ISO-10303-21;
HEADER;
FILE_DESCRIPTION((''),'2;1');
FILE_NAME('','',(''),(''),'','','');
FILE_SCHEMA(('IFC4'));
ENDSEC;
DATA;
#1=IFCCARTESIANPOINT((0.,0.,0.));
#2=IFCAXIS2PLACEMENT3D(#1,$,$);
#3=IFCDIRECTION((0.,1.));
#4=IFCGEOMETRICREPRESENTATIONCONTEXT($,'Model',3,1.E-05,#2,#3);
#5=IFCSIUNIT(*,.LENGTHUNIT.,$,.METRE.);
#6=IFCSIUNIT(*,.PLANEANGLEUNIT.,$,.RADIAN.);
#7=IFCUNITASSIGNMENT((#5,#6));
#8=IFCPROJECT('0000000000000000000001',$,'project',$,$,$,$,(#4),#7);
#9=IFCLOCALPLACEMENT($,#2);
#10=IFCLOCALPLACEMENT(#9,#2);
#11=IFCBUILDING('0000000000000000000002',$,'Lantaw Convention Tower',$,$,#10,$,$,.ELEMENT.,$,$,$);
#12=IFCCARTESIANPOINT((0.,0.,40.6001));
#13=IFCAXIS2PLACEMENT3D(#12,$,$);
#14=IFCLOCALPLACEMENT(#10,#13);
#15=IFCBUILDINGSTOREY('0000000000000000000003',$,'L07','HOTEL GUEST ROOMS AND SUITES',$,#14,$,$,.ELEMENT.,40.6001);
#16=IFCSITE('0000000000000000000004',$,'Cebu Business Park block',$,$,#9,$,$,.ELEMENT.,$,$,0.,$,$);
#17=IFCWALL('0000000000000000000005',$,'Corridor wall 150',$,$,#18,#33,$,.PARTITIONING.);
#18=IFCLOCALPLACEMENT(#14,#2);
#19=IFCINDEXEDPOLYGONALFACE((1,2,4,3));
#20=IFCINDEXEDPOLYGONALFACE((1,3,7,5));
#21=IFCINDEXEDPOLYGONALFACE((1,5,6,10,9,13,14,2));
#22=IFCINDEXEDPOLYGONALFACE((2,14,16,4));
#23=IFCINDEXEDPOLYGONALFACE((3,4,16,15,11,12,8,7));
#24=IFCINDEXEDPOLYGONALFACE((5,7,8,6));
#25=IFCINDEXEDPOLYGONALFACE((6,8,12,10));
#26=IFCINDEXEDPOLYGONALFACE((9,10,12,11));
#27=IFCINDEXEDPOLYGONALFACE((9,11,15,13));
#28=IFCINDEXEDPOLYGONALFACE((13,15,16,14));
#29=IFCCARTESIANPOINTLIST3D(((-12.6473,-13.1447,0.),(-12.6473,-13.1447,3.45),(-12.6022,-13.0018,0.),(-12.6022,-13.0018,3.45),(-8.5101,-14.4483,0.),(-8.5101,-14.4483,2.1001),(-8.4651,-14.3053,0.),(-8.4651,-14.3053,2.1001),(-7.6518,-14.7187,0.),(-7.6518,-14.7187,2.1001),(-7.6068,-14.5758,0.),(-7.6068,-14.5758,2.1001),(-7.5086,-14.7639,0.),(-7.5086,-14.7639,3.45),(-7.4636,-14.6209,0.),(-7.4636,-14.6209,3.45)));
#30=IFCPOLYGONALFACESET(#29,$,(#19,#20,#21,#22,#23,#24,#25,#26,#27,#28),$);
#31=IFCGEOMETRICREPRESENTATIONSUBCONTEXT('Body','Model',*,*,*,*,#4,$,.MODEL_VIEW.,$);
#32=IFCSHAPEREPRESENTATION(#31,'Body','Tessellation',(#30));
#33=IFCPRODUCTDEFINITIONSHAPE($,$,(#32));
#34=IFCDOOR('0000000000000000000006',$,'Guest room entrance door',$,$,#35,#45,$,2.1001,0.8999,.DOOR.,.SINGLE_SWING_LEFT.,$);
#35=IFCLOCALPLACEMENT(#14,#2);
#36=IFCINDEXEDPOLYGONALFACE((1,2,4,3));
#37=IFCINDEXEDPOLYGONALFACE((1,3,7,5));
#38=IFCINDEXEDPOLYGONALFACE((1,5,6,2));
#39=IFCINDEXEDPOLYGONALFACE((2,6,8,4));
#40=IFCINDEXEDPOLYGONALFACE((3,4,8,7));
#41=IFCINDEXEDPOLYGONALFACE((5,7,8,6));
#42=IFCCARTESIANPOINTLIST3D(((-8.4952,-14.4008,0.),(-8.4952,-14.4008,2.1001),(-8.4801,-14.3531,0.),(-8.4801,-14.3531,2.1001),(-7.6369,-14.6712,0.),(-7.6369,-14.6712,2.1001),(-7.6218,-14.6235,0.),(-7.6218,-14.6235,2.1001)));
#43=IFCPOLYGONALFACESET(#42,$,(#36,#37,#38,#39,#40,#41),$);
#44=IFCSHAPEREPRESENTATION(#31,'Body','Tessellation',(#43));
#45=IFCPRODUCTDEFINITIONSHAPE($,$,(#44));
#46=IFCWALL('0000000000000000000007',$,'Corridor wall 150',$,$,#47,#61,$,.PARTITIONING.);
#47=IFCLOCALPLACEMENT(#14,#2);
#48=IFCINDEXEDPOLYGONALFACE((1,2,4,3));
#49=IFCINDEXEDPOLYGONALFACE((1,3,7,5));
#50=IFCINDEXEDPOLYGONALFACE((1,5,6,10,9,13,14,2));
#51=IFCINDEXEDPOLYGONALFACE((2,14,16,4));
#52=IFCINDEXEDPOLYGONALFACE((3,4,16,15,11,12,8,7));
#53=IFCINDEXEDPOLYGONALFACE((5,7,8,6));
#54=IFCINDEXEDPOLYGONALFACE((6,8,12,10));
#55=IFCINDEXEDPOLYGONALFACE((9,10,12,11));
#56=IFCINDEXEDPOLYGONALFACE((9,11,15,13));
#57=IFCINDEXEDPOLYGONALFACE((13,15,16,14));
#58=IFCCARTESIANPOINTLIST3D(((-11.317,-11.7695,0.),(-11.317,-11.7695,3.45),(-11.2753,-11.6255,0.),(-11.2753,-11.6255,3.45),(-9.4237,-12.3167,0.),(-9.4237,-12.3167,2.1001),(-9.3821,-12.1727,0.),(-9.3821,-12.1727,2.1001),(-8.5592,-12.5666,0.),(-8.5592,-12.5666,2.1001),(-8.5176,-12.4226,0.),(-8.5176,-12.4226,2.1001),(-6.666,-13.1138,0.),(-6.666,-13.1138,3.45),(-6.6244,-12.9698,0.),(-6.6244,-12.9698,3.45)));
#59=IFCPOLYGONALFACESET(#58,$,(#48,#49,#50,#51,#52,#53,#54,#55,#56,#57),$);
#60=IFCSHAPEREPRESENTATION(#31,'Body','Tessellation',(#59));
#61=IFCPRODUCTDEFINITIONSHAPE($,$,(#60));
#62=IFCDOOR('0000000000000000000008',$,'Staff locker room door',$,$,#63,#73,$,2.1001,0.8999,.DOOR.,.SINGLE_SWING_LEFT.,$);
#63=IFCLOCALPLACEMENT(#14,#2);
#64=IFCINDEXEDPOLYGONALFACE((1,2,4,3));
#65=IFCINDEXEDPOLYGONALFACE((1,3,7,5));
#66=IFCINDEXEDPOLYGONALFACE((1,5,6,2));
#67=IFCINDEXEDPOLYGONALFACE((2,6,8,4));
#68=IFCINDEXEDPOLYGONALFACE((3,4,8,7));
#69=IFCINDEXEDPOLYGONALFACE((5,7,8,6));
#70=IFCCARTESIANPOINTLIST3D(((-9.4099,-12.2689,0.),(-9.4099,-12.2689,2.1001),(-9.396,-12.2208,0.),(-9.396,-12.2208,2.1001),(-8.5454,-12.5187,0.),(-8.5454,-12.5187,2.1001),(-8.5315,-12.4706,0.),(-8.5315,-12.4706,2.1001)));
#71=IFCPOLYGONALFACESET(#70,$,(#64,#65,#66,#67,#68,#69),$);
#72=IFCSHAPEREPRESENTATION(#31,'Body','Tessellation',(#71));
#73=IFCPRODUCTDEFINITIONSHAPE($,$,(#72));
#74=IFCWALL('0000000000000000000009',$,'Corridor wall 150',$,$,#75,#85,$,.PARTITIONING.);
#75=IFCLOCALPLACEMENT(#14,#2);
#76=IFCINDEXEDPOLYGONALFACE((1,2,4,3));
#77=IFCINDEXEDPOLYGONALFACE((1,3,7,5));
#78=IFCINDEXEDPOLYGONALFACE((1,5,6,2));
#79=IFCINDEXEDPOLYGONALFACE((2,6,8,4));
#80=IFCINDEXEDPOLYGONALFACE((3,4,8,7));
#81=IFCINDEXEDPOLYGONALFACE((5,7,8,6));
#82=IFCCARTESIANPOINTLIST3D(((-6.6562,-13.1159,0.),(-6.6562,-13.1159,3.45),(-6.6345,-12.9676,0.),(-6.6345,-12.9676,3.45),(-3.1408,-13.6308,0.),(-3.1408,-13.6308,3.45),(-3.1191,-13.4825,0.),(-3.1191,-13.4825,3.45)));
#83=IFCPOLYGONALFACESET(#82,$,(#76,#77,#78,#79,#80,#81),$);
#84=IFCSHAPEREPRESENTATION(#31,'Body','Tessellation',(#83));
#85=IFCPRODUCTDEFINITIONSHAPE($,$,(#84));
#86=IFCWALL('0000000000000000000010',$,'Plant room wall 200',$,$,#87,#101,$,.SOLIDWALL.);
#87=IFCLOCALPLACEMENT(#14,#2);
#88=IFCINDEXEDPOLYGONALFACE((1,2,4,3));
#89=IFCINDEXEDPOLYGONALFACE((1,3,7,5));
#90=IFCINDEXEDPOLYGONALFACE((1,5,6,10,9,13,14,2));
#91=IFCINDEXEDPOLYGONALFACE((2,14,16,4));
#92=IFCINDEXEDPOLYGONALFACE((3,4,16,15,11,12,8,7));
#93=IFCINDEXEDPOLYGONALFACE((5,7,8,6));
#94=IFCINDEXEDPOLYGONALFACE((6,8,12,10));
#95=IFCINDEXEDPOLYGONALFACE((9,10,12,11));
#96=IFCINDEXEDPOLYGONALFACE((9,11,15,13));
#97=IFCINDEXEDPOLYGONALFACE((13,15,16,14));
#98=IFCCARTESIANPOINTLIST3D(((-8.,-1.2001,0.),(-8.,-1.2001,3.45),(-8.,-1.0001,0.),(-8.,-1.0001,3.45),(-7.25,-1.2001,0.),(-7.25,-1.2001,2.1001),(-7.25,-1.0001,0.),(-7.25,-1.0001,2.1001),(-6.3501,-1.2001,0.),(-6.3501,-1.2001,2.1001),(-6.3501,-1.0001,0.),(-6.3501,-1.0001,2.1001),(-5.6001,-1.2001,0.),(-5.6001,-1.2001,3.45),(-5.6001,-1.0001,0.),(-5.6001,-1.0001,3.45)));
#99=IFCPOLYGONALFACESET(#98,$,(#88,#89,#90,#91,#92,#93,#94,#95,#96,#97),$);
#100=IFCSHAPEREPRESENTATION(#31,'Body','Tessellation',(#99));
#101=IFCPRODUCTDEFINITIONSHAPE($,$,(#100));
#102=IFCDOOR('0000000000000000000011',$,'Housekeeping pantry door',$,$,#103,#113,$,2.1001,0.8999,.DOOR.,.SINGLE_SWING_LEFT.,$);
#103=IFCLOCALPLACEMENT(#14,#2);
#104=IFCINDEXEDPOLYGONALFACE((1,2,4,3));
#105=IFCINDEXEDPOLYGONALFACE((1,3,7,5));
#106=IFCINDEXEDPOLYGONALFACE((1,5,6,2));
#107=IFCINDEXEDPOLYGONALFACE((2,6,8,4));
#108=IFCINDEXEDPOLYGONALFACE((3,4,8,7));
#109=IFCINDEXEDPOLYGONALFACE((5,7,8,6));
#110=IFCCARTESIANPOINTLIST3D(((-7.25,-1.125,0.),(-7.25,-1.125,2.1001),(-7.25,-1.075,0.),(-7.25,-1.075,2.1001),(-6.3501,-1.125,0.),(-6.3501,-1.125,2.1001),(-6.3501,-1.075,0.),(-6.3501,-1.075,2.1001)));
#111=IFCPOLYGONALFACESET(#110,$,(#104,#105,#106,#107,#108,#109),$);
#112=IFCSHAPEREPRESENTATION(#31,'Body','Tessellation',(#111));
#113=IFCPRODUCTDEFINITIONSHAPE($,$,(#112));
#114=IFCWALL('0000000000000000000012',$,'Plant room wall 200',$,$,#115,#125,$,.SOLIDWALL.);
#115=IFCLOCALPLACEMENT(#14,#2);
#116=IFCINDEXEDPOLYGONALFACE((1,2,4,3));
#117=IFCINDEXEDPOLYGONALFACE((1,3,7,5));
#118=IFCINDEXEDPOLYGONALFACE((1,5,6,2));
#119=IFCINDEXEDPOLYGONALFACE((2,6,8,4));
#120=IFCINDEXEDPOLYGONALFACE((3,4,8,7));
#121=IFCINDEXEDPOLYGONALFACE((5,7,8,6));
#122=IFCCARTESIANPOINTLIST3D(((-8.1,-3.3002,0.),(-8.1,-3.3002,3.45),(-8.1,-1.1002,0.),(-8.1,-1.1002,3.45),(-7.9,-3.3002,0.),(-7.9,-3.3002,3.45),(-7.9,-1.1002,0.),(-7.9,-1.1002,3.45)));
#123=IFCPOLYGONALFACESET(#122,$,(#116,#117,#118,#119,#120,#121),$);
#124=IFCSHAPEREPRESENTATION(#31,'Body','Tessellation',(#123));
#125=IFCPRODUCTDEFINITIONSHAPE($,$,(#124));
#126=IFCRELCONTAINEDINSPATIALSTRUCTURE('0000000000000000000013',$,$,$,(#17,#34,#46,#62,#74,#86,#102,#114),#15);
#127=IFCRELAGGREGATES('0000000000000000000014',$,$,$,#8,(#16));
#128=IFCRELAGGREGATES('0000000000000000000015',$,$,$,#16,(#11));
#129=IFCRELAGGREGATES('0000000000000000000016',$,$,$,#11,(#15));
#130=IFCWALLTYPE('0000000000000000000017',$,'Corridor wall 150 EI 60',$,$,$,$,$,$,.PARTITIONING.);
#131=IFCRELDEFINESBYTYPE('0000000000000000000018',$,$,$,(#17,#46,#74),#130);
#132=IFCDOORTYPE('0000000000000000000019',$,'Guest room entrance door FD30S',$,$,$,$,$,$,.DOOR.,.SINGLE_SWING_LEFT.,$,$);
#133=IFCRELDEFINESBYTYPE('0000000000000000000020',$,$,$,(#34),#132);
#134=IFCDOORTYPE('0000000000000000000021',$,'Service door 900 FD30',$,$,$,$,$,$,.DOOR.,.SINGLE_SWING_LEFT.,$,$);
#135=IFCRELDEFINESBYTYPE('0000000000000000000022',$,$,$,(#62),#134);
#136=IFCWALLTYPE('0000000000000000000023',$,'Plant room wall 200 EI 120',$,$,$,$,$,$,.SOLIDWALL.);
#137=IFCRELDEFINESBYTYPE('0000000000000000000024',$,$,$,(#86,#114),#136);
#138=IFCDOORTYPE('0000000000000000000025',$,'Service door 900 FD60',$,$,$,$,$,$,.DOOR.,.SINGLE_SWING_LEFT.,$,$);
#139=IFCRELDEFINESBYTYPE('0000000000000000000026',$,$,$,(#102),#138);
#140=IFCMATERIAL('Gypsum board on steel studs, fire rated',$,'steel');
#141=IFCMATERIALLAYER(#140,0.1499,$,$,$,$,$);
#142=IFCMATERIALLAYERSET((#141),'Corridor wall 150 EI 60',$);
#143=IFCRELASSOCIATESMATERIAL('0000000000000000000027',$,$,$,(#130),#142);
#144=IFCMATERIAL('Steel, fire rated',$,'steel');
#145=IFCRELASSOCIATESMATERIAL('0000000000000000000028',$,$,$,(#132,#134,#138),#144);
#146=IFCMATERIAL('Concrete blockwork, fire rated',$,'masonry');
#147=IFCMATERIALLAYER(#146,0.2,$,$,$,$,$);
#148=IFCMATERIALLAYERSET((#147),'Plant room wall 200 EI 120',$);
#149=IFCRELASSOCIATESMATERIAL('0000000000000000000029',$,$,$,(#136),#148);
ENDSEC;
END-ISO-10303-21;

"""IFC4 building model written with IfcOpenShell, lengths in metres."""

from ifc_helpers import new_model, si_unit, direction, frame, frame_2d, origin, place, context, subcontext, project, spatial, rectangle, extrude, material, layer, layer_set, type_object, element, fill, save


model = new_model("IFC4")

# Units and contexts
model_context = context("Model", 3, precision=1e-05, world=origin(), true_north=direction((0.0, 1.0)))
body_context = subcontext(model_context, "Body", "Model", "MODEL_VIEW")
ifc_project = project(units=[si_unit("LENGTHUNIT", "METRE"), si_unit("PLANEANGLEUNIT", "RADIAN")], contexts=[model_context])

# Site, building, storey
site_placement = place(None, origin())
site = spatial("IfcSite", under=ifc_project, at=site_placement, Name="Cebu Business Park block", CompositionType="ELEMENT", RefElevation=0.0)
building_placement = place(site_placement, origin())
building = spatial("IfcBuilding", under=site, at=building_placement, Name="Lantaw Convention Tower", CompositionType="ELEMENT")
storey_placement = place(building_placement, frame((0.0, 0.0, 40.6001)))
storey = spatial("IfcBuildingStorey", under=building, at=storey_placement, Name="L07", Description="HOTEL GUEST ROOMS AND SUITES", CompositionType="ELEMENT", Elevation=40.6001)

# Shared definitions
ifc_material_1 = material(Name="Steel, fire rated", Category="steel")

# Walls, openings, doors
ifc_material_2 = material(Name="Gypsum board on steel studs, fire rated", Category="steel")
ifc_layer_1 = layer(ifc_material_2, 0.1499)
ifc_layer_set_1 = layer_set([ifc_layer_1], Name="Corridor wall 150 EI 60")
wall_type_1 = type_object("IfcWallType", Name="Corridor wall 150 EI 60", PredefinedType="PARTITIONING", material=ifc_layer_set_1)
wall_1_placement = place(storey_placement, frame((-12.6248, -13.0732, 0.0), z_axis=(0.0, 0.0, 1.0), x_axis=(0.953774, -0.300524, 0.0)))
wall_1 = element("IfcWall", 1, at=wall_1_placement, inside=storey, type_object=wall_type_1, Name="Corridor wall 150", PredefinedType="PARTITIONING", context=body_context, shape_type="SweptSolid", body=[
    extrude(rectangle(XDim=5.3877, YDim=0.1499, at=frame_2d((2.6938, 0.0))), origin(), (0.0, 0.0, 1.0), 3.45),
])
opening_1_placement = place(wall_1_placement, frame((4.3376, 0.0, 0.0)))
opening_1 = element("IfcOpeningElement", 2, at=opening_1_placement, cuts=wall_1, PredefinedType="OPENING", context=body_context, shape_type="SweptSolid", body=[
    extrude(rectangle(XDim=0.8999, YDim=2.1001, at=frame_2d((0.45, 1.05))), frame((0.0, 0.085, 0.0), z_axis=(0.0, -1.0, 0.0), x_axis=(1.0, 0.0, 0.0)), (0.0, 0.0, 1.0), 0.1699),
])
door_type_1 = type_object("IfcDoorType", Name="Guest room entrance door FD30S", OperationType="SINGLE_SWING_LEFT", PredefinedType="DOOR", material=ifc_material_1)
door_1_placement = place(opening_1_placement, origin())
door_1 = element("IfcDoor", 3, at=door_1_placement, inside=storey, type_object=door_type_1, Name="Guest room entrance door", OperationType="SINGLE_SWING_LEFT", OverallHeight=2.1001, OverallWidth=0.8999, PredefinedType="DOOR", context=body_context, shape_type="SweptSolid", body=[
    extrude(rectangle(XDim=0.8999, YDim=2.1001, at=frame_2d((0.45, 1.05))), frame((0.0, 0.0249, 0.0), z_axis=(0.0, -1.0, 0.0), x_axis=(1.0, 0.0, 0.0)), (0.0, 0.0, 1.0), 0.05),
])
fill(opening_1, door_1)
wall_2_placement = place(storey_placement, frame((-11.2961, -11.6975, 0.0), z_axis=(0.0, 0.0, 1.0), x_axis=(0.960678, -0.277664, 0.0)))
wall_2 = element("IfcWall", 4, at=wall_2_placement, inside=storey, type_object=wall_type_1, Name="Corridor wall 150", PredefinedType="PARTITIONING", context=body_context, shape_type="SweptSolid", body=[
    extrude(rectangle(XDim=4.8413, YDim=0.1499, at=frame_2d((2.4207, 0.0))), origin(), (0.0, 0.0, 1.0), 3.45),
])
opening_2_placement = place(wall_2_placement, frame((1.9707, 0.0, 0.0)))
opening_2 = element("IfcOpeningElement", 5, at=opening_2_placement, cuts=wall_2, PredefinedType="OPENING", context=body_context, shape_type="SweptSolid", body=[
    extrude(rectangle(XDim=0.8999, YDim=2.1001, at=frame_2d((0.45, 1.05))), frame((0.0, 0.085, 0.0), z_axis=(0.0, -1.0, 0.0), x_axis=(1.0, 0.0, 0.0)), (0.0, 0.0, 1.0), 0.1699),
])
door_type_2 = type_object("IfcDoorType", Name="Service door 900 FD30", OperationType="SINGLE_SWING_LEFT", PredefinedType="DOOR", material=ifc_material_1)
door_2_placement = place(opening_2_placement, origin())
door_2 = element("IfcDoor", 6, at=door_2_placement, inside=storey, type_object=door_type_2, Name="Staff locker room door", OperationType="SINGLE_SWING_LEFT", OverallHeight=2.1001, OverallWidth=0.8999, PredefinedType="DOOR", context=body_context, shape_type="SweptSolid", body=[
    extrude(rectangle(XDim=0.8999, YDim=2.1001, at=frame_2d((0.45, 1.05))), frame((0.0, 0.0249, 0.0), z_axis=(0.0, -1.0, 0.0), x_axis=(1.0, 0.0, 0.0)), (0.0, 0.0, 1.0), 0.05),
])
fill(opening_2, door_2)

# Wall
wall_3_placement = place(storey_placement, frame((-6.6453, -13.0417, 0.0), z_axis=(0.0, 0.0, 1.0), x_axis=(0.989443, -0.144922, 0.0)))
element("IfcWall", 7, at=wall_3_placement, inside=storey, type_object=wall_type_1, Name="Corridor wall 150", PredefinedType="PARTITIONING", context=body_context, shape_type="SweptSolid", body=[
    extrude(rectangle(XDim=3.553, YDim=0.1499, at=frame_2d((1.7764, 0.0))), origin(), (0.0, 0.0, 1.0), 3.45),
])

# Wall, opening, door
ifc_material_3 = material(Name="Concrete blockwork, fire rated", Category="masonry")
ifc_layer_2 = layer(ifc_material_3, 0.2)
ifc_layer_set_2 = layer_set([ifc_layer_2], Name="Plant room wall 200 EI 120")
wall_type_2 = type_object("IfcWallType", Name="Plant room wall 200 EI 120", PredefinedType="SOLIDWALL", material=ifc_layer_set_2)
wall_4_placement = place(storey_placement, frame((-5.6001, -1.1001, 0.0), z_axis=(0.0, 0.0, 1.0), x_axis=(-1.0, 0.0, 0.0)))
wall_4 = element("IfcWall", 8, at=wall_4_placement, inside=storey, type_object=wall_type_2, Name="Plant room wall 200", PredefinedType="SOLIDWALL", context=body_context, shape_type="SweptSolid", body=[
    extrude(rectangle(XDim=2.3999, YDim=0.2, at=frame_2d((1.2, 0.0))), origin(), (0.0, 0.0, 1.0), 3.45),
])
opening_3_placement = place(wall_4_placement, frame((0.75, 0.0, 0.0)))
opening_3 = element("IfcOpeningElement", 9, at=opening_3_placement, cuts=wall_4, PredefinedType="OPENING", context=body_context, shape_type="SweptSolid", body=[
    extrude(rectangle(XDim=0.8999, YDim=2.1001, at=frame_2d((0.45, 1.05))), frame((0.0, 0.1099, 0.0), z_axis=(0.0, -1.0, 0.0), x_axis=(1.0, 0.0, 0.0)), (0.0, 0.0, 1.0), 0.22),
])
door_type_3 = type_object("IfcDoorType", Name="Service door 900 FD60", OperationType="SINGLE_SWING_LEFT", PredefinedType="DOOR", material=ifc_material_1)
door_3_placement = place(opening_3_placement, origin())
door_3 = element("IfcDoor", 10, at=door_3_placement, inside=storey, type_object=door_type_3, Name="Housekeeping pantry door", OperationType="SINGLE_SWING_LEFT", OverallHeight=2.1001, OverallWidth=0.8999, PredefinedType="DOOR", context=body_context, shape_type="SweptSolid", body=[
    extrude(rectangle(XDim=0.8999, YDim=2.1001, at=frame_2d((0.45, 1.05))), frame((0.0, 0.0249, 0.0), z_axis=(0.0, -1.0, 0.0), x_axis=(1.0, 0.0, 0.0)), (0.0, 0.0, 1.0), 0.05),
])
fill(opening_3, door_3)

# Wall
wall_5_placement = place(storey_placement, frame((-8.0, -1.1001, 0.0), z_axis=(0.0, 0.0, 1.0), x_axis=(0.0, -1.0, 0.0)))
element("IfcWall", 11, at=wall_5_placement, inside=storey, type_object=wall_type_2, Name="Plant room wall 200", PredefinedType="SOLIDWALL", context=body_context, shape_type="SweptSolid", body=[
    extrude(rectangle(XDim=2.2, YDim=0.2, at=frame_2d((1.1001, 0.0))), origin(), (0.0, 0.0, 1.0), 3.45),
])

save(model, "model.ifc")
